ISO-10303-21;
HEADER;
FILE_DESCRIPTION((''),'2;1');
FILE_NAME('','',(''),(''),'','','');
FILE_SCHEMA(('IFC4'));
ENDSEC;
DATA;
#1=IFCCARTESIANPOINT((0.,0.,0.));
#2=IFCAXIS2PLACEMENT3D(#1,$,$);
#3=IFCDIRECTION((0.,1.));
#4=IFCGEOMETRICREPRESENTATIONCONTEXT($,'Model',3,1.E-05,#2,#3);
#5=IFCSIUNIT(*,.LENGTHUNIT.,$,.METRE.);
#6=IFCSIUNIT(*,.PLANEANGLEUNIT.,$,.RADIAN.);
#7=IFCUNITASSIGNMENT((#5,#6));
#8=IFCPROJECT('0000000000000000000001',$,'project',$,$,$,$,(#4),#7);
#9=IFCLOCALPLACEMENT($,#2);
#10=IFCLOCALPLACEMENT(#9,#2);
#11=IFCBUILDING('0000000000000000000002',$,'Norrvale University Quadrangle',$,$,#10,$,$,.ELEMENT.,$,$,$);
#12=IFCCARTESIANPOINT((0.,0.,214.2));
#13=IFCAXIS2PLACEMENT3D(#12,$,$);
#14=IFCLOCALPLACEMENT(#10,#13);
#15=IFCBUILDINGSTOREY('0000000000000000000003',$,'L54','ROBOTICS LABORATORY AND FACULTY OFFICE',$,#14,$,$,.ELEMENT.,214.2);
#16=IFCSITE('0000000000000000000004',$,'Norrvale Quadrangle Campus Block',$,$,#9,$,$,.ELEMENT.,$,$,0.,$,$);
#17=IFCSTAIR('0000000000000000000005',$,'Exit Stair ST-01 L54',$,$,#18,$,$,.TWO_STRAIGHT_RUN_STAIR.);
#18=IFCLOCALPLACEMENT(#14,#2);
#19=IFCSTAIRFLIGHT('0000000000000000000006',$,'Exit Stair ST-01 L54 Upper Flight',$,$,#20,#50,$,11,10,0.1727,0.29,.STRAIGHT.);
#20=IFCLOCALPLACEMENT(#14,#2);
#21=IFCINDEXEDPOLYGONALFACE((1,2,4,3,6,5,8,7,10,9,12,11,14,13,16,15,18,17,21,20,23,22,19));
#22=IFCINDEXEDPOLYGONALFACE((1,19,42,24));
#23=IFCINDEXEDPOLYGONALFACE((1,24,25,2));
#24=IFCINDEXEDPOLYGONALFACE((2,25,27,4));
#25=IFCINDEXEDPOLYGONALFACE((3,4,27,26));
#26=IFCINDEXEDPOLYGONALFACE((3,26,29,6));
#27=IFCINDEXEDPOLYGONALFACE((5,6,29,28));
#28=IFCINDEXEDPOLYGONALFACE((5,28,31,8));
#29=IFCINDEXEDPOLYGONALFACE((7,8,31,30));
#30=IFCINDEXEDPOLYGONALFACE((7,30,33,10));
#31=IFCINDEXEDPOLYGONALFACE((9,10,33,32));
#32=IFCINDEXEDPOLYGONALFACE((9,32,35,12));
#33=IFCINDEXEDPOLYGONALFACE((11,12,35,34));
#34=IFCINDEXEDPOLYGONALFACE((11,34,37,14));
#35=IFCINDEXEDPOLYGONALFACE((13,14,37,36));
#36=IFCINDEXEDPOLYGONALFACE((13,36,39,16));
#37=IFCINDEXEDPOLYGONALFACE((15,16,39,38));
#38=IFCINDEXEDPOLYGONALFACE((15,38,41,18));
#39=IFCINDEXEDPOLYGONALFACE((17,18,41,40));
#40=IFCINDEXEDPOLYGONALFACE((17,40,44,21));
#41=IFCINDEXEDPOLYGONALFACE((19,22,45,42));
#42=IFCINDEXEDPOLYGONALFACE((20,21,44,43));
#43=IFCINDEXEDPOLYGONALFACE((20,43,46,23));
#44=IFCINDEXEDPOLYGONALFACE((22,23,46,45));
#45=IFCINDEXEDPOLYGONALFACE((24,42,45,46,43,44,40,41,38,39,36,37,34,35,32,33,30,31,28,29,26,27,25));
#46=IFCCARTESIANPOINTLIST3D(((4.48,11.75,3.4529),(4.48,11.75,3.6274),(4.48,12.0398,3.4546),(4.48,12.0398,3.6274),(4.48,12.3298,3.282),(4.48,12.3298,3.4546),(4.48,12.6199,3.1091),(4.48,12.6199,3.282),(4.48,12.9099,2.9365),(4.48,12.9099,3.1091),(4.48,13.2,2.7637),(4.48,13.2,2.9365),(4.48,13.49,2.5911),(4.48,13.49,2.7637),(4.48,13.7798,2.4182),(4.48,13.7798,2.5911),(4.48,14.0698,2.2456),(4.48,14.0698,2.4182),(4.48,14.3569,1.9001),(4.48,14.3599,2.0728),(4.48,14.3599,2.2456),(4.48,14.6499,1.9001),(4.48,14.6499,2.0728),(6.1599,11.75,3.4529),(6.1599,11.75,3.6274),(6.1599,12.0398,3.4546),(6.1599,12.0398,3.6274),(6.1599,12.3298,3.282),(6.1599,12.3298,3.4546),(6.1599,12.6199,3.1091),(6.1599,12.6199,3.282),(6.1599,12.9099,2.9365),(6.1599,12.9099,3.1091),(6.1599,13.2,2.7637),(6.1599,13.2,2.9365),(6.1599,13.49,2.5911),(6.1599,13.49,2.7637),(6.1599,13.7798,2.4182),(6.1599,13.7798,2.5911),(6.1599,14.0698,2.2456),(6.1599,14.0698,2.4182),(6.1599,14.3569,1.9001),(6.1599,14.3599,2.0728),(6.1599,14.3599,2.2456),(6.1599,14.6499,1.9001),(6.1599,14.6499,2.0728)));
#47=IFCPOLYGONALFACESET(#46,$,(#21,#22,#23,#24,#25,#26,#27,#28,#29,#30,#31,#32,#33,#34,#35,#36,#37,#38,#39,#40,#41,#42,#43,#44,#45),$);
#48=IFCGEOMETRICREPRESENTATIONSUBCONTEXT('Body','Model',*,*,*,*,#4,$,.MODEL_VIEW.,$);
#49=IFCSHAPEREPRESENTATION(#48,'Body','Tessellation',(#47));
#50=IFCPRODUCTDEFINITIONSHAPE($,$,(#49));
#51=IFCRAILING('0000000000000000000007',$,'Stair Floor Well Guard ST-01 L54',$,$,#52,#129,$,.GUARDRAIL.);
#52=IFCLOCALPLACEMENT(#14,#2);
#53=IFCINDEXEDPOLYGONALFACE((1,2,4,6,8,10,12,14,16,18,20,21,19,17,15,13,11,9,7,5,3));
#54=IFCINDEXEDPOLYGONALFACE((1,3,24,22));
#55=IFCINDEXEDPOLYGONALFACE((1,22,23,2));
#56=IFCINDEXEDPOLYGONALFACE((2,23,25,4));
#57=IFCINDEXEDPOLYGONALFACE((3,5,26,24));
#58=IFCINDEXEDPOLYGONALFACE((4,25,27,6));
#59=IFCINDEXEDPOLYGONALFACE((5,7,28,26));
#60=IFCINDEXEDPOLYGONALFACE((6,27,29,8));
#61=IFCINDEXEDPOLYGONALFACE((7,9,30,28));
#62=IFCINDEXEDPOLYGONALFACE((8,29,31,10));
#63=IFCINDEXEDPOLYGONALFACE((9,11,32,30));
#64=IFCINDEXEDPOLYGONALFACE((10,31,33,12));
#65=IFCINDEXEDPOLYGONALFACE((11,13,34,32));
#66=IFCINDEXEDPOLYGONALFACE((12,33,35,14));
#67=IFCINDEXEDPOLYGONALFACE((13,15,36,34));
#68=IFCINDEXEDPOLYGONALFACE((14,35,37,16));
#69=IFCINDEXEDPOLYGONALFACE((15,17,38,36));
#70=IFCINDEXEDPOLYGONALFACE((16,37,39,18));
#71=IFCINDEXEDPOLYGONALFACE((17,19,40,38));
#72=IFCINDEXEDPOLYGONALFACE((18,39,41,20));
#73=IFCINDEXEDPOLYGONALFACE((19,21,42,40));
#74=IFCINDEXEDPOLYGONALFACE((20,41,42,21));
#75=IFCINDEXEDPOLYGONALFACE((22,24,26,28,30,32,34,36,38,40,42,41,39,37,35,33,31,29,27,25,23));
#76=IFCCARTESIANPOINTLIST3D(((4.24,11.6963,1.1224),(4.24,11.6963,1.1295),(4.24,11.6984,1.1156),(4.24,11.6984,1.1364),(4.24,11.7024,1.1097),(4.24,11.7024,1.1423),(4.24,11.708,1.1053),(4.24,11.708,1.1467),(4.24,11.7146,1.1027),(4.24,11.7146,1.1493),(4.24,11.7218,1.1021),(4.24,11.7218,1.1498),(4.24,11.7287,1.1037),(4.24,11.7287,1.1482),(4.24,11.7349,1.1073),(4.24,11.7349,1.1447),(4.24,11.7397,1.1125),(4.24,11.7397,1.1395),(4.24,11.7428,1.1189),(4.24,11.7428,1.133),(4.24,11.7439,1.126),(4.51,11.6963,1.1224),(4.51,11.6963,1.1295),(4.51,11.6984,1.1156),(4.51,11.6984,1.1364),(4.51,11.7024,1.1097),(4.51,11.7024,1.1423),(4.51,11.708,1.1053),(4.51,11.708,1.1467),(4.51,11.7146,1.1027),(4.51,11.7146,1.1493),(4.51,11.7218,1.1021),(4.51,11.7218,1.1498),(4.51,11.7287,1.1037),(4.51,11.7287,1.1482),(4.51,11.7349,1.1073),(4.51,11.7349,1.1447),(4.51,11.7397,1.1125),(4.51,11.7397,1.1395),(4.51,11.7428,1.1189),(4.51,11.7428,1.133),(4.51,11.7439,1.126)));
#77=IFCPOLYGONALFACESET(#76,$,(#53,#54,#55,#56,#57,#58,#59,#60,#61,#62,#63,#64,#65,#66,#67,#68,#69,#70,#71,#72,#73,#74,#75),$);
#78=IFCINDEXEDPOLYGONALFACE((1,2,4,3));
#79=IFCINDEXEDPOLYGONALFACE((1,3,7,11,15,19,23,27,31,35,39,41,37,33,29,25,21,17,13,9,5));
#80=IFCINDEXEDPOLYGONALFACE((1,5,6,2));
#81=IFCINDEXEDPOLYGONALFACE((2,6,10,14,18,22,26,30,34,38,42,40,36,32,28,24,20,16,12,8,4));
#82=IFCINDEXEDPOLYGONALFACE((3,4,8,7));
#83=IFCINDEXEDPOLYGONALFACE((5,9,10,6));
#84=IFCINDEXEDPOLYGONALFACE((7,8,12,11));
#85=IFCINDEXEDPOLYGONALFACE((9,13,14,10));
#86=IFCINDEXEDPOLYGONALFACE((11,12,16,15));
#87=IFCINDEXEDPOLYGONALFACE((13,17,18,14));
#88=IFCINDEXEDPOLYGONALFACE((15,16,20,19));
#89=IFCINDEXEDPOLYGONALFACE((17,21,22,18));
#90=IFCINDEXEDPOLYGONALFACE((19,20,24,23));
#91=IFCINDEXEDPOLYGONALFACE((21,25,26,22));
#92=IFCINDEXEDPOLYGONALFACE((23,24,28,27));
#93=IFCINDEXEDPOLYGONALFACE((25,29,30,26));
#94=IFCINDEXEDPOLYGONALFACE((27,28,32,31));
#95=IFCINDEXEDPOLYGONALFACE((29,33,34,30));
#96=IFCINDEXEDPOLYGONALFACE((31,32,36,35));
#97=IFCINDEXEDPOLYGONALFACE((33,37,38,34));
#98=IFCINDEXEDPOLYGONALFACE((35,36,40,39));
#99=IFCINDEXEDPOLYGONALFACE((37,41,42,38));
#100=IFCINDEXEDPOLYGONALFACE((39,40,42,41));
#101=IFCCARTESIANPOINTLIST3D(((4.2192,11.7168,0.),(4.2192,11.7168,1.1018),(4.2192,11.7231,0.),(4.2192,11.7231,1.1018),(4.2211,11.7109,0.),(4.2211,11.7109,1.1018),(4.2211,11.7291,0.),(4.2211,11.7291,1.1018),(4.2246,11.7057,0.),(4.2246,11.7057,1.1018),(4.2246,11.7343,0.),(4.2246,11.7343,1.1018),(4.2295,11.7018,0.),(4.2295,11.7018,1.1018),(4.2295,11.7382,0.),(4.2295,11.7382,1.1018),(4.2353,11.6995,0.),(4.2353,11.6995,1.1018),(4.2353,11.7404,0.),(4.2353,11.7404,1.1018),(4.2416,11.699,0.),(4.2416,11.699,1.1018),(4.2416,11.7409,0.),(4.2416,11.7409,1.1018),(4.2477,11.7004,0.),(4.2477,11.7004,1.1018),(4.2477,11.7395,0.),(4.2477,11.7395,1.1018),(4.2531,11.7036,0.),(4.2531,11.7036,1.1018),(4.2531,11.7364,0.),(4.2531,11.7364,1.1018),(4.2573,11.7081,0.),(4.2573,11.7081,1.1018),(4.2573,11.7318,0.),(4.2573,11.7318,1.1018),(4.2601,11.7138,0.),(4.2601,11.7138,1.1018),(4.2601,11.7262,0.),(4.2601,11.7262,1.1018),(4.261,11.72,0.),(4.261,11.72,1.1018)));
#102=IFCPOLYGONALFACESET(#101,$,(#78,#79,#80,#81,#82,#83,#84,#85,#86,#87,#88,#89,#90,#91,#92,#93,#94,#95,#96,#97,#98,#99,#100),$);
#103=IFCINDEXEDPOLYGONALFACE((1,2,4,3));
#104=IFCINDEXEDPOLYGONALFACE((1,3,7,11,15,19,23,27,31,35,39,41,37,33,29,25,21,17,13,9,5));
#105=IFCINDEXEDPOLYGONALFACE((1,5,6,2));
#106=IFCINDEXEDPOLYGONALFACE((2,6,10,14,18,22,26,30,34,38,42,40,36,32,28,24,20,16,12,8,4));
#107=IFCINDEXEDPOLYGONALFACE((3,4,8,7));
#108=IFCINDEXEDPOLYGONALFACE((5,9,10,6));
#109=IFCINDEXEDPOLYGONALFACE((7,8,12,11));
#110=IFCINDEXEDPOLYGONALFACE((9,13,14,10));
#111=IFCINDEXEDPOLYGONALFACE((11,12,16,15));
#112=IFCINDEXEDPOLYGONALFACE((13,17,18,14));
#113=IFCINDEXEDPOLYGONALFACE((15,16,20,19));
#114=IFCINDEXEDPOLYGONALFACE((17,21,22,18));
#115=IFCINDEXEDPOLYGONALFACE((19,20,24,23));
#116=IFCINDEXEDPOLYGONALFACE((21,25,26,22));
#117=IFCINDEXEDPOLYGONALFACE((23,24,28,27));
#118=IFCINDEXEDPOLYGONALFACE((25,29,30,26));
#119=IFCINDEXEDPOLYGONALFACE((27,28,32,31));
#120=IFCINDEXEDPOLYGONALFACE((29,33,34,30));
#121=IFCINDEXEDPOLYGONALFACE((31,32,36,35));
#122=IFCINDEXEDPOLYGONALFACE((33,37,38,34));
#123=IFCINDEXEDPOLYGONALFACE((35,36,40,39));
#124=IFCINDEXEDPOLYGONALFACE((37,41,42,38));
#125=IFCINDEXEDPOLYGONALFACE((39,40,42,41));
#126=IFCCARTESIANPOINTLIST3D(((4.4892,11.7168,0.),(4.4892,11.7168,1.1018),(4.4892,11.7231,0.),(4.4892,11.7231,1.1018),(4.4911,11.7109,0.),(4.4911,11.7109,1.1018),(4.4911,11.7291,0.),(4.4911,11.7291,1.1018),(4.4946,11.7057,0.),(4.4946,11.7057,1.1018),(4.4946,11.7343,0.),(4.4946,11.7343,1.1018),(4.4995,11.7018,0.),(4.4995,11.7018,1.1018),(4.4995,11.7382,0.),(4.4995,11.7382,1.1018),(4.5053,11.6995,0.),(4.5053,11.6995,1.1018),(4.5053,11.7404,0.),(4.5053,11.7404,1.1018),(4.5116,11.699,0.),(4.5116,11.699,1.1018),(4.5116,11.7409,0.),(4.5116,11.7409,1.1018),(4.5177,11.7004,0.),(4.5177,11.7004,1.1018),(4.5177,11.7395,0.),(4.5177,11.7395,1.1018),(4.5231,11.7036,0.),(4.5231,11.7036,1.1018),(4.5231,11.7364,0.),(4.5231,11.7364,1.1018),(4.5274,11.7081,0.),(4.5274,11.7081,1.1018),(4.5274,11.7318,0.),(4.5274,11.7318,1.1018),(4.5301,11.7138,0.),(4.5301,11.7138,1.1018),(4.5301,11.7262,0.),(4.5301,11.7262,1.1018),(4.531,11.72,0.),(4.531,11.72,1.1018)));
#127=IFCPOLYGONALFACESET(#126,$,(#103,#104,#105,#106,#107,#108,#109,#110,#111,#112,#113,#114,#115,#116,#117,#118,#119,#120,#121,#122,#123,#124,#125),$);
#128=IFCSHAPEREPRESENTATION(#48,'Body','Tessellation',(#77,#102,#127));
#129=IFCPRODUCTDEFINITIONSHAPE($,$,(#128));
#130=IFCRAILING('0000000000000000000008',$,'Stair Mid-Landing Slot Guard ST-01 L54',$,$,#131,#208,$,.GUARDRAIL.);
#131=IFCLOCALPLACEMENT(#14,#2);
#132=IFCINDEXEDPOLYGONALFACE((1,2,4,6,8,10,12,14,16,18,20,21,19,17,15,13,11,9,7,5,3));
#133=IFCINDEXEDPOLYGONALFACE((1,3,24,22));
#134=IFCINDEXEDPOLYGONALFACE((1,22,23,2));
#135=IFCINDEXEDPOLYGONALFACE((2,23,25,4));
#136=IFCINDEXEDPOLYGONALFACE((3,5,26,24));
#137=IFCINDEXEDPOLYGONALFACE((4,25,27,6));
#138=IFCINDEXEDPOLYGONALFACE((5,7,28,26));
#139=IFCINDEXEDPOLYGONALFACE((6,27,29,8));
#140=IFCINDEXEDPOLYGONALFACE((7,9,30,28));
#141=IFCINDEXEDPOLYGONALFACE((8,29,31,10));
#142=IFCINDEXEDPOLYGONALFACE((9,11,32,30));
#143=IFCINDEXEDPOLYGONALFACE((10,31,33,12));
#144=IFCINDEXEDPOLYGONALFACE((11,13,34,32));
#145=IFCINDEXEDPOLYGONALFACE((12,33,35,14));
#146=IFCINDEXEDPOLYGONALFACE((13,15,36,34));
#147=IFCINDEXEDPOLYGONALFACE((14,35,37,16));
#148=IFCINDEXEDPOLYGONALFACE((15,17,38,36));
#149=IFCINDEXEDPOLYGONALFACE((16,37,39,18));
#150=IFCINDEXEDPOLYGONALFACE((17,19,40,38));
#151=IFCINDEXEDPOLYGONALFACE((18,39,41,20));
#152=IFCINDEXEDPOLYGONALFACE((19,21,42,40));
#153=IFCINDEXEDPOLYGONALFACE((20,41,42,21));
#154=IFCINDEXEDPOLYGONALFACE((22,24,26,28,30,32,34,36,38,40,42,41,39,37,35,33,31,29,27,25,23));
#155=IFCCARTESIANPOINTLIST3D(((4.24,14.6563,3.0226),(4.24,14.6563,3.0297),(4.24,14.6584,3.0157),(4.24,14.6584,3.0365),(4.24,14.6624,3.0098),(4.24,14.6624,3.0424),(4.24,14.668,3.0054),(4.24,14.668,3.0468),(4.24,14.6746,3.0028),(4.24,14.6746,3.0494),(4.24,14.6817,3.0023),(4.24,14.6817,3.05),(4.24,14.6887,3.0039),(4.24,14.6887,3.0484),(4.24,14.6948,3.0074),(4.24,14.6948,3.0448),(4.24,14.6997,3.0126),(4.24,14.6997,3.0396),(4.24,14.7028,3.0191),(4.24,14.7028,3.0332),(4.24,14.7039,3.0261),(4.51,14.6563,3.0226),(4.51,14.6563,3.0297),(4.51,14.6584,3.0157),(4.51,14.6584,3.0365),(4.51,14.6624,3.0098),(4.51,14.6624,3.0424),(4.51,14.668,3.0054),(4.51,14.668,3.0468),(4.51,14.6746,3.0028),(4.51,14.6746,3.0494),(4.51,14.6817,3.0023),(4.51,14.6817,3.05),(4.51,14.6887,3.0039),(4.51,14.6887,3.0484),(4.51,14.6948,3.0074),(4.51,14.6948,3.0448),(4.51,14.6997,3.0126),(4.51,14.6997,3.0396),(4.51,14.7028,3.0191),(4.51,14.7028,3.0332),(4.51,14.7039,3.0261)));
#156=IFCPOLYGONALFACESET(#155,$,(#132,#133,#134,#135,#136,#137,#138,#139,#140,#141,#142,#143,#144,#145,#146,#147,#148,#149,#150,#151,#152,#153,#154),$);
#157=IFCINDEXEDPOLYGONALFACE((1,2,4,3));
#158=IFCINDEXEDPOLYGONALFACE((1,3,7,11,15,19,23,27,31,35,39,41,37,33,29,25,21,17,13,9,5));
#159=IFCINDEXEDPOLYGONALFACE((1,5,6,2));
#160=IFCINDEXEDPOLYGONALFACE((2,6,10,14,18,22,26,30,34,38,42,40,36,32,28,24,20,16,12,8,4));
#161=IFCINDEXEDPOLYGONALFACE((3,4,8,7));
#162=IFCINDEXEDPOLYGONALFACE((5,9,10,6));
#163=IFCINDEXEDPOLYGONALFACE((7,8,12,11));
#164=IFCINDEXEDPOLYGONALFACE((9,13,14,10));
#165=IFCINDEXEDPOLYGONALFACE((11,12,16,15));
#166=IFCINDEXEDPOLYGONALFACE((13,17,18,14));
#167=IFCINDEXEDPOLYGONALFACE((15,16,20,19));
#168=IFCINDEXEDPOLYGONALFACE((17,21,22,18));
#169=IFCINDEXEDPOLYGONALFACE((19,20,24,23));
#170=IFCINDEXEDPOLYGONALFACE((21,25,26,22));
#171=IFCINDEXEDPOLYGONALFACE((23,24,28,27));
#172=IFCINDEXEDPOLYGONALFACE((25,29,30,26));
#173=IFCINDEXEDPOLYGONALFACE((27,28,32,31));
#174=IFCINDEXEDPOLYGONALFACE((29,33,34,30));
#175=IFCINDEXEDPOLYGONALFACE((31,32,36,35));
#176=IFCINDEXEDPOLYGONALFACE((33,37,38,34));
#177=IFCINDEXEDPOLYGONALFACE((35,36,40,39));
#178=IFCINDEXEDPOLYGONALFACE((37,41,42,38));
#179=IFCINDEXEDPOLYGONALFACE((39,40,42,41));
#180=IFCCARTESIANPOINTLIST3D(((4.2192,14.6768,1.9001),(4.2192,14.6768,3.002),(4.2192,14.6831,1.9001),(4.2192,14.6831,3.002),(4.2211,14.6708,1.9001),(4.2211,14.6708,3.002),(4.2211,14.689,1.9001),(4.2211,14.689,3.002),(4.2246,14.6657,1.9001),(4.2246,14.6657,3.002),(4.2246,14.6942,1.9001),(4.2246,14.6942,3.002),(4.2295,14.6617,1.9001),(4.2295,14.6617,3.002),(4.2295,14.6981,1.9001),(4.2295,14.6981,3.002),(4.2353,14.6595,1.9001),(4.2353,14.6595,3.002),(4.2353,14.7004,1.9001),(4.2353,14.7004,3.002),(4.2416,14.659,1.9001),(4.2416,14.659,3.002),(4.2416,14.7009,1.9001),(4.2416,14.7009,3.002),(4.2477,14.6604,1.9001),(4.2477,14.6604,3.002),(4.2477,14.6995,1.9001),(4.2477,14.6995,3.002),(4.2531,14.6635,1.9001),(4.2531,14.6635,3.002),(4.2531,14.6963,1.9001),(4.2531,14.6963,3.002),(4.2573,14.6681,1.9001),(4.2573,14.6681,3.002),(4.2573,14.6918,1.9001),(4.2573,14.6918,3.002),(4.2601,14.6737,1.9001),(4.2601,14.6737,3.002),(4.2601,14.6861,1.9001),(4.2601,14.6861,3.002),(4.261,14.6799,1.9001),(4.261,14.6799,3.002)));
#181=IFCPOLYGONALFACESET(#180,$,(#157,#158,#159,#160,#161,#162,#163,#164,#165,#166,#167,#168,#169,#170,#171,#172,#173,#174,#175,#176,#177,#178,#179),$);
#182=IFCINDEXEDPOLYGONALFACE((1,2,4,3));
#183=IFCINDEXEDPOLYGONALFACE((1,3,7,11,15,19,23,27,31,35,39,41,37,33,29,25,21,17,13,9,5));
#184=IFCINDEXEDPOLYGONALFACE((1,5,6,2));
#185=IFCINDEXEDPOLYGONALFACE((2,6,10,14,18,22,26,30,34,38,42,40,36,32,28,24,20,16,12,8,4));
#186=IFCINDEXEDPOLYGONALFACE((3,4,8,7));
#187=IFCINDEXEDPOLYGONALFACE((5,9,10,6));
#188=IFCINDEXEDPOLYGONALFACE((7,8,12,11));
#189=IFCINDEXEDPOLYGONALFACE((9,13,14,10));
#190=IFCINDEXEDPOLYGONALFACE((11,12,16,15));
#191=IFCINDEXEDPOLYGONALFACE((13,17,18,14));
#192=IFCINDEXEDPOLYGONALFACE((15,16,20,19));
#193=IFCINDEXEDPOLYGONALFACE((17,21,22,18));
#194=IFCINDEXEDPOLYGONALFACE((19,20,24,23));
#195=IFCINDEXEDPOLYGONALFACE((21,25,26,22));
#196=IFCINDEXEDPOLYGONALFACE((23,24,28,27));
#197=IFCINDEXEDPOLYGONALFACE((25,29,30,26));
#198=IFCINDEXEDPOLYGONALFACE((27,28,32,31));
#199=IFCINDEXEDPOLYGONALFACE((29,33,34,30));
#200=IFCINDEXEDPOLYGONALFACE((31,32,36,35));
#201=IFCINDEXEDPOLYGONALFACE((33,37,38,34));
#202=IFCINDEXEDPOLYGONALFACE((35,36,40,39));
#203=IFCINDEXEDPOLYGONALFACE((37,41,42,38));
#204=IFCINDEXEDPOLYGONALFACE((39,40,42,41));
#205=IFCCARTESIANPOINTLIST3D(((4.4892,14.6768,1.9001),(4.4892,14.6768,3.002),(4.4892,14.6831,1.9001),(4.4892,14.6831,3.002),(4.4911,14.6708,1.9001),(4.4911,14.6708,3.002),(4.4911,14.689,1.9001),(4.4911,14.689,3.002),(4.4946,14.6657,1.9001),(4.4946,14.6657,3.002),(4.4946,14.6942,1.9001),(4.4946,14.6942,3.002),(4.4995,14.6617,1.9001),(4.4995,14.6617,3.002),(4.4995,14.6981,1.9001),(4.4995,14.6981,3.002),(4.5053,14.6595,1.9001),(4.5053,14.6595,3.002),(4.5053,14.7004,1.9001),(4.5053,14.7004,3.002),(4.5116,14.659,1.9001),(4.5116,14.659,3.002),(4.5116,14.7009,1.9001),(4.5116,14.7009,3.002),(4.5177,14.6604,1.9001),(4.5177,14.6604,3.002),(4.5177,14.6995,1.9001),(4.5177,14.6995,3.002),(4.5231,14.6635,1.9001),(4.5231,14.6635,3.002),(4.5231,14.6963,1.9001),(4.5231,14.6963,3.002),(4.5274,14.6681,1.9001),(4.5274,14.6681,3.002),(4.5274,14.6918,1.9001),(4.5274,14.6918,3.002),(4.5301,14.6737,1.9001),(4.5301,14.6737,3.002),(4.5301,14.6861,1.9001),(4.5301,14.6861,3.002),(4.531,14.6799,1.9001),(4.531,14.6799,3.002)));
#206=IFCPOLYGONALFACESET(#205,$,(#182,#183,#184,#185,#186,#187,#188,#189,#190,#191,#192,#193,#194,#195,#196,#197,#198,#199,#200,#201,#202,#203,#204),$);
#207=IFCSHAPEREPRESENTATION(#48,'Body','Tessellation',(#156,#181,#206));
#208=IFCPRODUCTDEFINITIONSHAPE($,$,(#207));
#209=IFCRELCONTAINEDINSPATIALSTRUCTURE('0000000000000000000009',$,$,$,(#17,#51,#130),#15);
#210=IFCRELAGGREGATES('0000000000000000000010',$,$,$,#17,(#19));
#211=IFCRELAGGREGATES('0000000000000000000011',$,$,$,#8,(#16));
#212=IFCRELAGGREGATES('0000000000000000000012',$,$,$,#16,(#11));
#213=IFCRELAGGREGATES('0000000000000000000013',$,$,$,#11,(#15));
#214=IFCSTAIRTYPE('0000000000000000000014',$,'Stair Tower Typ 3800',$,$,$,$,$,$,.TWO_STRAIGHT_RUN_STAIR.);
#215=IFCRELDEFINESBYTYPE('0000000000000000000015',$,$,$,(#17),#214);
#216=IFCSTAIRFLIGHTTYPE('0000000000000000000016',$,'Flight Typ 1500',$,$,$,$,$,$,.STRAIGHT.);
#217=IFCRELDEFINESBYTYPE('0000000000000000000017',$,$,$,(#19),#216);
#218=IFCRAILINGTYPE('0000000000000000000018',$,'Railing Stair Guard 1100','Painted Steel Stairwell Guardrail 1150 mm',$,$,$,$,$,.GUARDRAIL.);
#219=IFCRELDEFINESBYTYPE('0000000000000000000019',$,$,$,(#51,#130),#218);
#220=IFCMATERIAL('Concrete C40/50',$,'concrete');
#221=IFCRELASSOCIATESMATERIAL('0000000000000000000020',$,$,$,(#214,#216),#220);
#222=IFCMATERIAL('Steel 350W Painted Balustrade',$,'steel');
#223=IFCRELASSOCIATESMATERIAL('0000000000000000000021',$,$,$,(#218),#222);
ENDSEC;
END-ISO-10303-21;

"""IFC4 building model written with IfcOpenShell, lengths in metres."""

from ifc_helpers import new_model, si_unit, direction, frame, origin, origin_2d, place, context, subcontext, project, spatial, polyline, circle, outline, extrude, material, type_object, element, aggregate, save


model = new_model("IFC4")

# Units and contexts
model_context = context("Model", 3, precision=1e-05, world=origin(), true_north=direction((0.0, 1.0)))
body_context = subcontext(model_context, "Body", "Model", "MODEL_VIEW")
ifc_project = project(units=[si_unit("LENGTHUNIT", "METRE"), si_unit("PLANEANGLEUNIT", "RADIAN")], contexts=[model_context])

# Site, building, storey
site_placement = place(None, origin())
site = spatial("IfcSite", under=ifc_project, at=site_placement, Name="Norrvale Quadrangle Campus Block", CompositionType="ELEMENT", RefElevation=0.0)
building_placement = place(site_placement, origin())
building = spatial("IfcBuilding", under=site, at=building_placement, Name="Norrvale University Quadrangle", CompositionType="ELEMENT")
storey_placement = place(building_placement, frame((0.0, 0.0, 214.2)))
storey = spatial("IfcBuildingStorey", under=building, at=storey_placement, Name="L54", Description="ROBOTICS LABORATORY AND FACULTY OFFICE", CompositionType="ELEMENT", Elevation=214.2)

# Stair, stair flight
ifc_material_1 = material(Name="Concrete C40/50", Category="concrete")
stair_type = type_object("IfcStairType", Name="Stair Tower Typ 3800", PredefinedType="TWO_STRAIGHT_RUN_STAIR", material=ifc_material_1)
stair_placement = place(storey_placement, origin())
stair = element("IfcStair", 1, at=stair_placement, inside=storey, type_object=stair_type, Name="Exit Stair ST-01 L54", PredefinedType="TWO_STRAIGHT_RUN_STAIR")
stair_flight_type = type_object("IfcStairFlightType", Name="Flight Typ 1500", PredefinedType="STRAIGHT", material=ifc_material_1)
stair_flight_1_placement = place(storey_placement, frame((5.3201, 14.6499, 1.9001), z_axis=(0.0, 0.0, 1.0), x_axis=(0.0, -1.0, 0.0)))
stair_flight_1 = element("IfcStairFlight", 2, at=stair_flight_1_placement, type_object=stair_flight_type, Name="Exit Stair ST-01 L54 Upper Flight", NumberOfRisers=11, NumberOfTreads=10, PredefinedType="STRAIGHT", RiserHeight=0.1727, TreadLength=0.29, context=body_context, shape_type="SweptSolid", body=[
    extrude(outline(polyline([(0.0, 0.0), (0.0, 0.1726), (0.29, 0.1726), (0.29, 0.3455), (0.5801, 0.3455), (0.5801, 0.5181), (0.8701, 0.5181), (0.8701, 0.6909), (1.1599, 0.6909), (1.1599, 0.8635), (1.45, 0.8635), (1.45, 1.0364), (1.74, 1.0364), (1.74, 1.209), (2.03, 1.209), (2.03, 1.3818), (2.3201, 1.3818), (2.3201, 1.5544), (2.6101, 1.5544), (2.6101, 1.7273), (2.8999, 1.7273), (2.8999, 1.8999), (2.8999, 1.5527), (0.293, 0.0), (0.0, 0.0)])), frame((0.0, 0.8398, 0.0), z_axis=(0.0, -1.0, 0.0), x_axis=(1.0, 0.0, 0.0)), (0.0, 0.0, 1.0), 1.6799),
])
aggregate(stair, [stair_flight_1])

# Railings
ifc_material_2 = material(Name="Steel 350W Painted Balustrade", Category="steel")
railing_type_1 = type_object("IfcRailingType", Name="Railing Stair Guard 1100", Description="Painted Steel Stairwell Guardrail 1150 mm", PredefinedType="GUARDRAIL", material=ifc_material_2)
for number, where, name in (
    (3, (4.24, 11.72, 0.0), "Stair Floor Well Guard ST-01 L54"),
    (4, (4.24, 14.6799, 1.9001), "Stair Mid-Landing Slot Guard ST-01 L54"),
):
    element("IfcRailing", number, at=place(storey_placement, frame(where)), inside=storey, type_object=railing_type_1, Name=name, PredefinedType="GUARDRAIL", context=body_context, shape_type="SweptSolid", body=[
        extrude(circle(Radius=0.0239, at=origin_2d()), frame((0.0, 0.0, 1.126), z_axis=(1.0, 0.0, 0.0), x_axis=(0.0, 1.0, 0.0)), (0.0, 0.0, 1.0), 0.27),
        extrude(circle(Radius=0.021, at=origin_2d()), origin(), (0.0, 0.0, 1.0), 1.1018),
        extrude(circle(Radius=0.021, at=origin_2d()), frame((0.27, 0.0, 0.0)), (0.0, 0.0, 1.0), 1.1018),
    ])

save(model, "model.ifc")
